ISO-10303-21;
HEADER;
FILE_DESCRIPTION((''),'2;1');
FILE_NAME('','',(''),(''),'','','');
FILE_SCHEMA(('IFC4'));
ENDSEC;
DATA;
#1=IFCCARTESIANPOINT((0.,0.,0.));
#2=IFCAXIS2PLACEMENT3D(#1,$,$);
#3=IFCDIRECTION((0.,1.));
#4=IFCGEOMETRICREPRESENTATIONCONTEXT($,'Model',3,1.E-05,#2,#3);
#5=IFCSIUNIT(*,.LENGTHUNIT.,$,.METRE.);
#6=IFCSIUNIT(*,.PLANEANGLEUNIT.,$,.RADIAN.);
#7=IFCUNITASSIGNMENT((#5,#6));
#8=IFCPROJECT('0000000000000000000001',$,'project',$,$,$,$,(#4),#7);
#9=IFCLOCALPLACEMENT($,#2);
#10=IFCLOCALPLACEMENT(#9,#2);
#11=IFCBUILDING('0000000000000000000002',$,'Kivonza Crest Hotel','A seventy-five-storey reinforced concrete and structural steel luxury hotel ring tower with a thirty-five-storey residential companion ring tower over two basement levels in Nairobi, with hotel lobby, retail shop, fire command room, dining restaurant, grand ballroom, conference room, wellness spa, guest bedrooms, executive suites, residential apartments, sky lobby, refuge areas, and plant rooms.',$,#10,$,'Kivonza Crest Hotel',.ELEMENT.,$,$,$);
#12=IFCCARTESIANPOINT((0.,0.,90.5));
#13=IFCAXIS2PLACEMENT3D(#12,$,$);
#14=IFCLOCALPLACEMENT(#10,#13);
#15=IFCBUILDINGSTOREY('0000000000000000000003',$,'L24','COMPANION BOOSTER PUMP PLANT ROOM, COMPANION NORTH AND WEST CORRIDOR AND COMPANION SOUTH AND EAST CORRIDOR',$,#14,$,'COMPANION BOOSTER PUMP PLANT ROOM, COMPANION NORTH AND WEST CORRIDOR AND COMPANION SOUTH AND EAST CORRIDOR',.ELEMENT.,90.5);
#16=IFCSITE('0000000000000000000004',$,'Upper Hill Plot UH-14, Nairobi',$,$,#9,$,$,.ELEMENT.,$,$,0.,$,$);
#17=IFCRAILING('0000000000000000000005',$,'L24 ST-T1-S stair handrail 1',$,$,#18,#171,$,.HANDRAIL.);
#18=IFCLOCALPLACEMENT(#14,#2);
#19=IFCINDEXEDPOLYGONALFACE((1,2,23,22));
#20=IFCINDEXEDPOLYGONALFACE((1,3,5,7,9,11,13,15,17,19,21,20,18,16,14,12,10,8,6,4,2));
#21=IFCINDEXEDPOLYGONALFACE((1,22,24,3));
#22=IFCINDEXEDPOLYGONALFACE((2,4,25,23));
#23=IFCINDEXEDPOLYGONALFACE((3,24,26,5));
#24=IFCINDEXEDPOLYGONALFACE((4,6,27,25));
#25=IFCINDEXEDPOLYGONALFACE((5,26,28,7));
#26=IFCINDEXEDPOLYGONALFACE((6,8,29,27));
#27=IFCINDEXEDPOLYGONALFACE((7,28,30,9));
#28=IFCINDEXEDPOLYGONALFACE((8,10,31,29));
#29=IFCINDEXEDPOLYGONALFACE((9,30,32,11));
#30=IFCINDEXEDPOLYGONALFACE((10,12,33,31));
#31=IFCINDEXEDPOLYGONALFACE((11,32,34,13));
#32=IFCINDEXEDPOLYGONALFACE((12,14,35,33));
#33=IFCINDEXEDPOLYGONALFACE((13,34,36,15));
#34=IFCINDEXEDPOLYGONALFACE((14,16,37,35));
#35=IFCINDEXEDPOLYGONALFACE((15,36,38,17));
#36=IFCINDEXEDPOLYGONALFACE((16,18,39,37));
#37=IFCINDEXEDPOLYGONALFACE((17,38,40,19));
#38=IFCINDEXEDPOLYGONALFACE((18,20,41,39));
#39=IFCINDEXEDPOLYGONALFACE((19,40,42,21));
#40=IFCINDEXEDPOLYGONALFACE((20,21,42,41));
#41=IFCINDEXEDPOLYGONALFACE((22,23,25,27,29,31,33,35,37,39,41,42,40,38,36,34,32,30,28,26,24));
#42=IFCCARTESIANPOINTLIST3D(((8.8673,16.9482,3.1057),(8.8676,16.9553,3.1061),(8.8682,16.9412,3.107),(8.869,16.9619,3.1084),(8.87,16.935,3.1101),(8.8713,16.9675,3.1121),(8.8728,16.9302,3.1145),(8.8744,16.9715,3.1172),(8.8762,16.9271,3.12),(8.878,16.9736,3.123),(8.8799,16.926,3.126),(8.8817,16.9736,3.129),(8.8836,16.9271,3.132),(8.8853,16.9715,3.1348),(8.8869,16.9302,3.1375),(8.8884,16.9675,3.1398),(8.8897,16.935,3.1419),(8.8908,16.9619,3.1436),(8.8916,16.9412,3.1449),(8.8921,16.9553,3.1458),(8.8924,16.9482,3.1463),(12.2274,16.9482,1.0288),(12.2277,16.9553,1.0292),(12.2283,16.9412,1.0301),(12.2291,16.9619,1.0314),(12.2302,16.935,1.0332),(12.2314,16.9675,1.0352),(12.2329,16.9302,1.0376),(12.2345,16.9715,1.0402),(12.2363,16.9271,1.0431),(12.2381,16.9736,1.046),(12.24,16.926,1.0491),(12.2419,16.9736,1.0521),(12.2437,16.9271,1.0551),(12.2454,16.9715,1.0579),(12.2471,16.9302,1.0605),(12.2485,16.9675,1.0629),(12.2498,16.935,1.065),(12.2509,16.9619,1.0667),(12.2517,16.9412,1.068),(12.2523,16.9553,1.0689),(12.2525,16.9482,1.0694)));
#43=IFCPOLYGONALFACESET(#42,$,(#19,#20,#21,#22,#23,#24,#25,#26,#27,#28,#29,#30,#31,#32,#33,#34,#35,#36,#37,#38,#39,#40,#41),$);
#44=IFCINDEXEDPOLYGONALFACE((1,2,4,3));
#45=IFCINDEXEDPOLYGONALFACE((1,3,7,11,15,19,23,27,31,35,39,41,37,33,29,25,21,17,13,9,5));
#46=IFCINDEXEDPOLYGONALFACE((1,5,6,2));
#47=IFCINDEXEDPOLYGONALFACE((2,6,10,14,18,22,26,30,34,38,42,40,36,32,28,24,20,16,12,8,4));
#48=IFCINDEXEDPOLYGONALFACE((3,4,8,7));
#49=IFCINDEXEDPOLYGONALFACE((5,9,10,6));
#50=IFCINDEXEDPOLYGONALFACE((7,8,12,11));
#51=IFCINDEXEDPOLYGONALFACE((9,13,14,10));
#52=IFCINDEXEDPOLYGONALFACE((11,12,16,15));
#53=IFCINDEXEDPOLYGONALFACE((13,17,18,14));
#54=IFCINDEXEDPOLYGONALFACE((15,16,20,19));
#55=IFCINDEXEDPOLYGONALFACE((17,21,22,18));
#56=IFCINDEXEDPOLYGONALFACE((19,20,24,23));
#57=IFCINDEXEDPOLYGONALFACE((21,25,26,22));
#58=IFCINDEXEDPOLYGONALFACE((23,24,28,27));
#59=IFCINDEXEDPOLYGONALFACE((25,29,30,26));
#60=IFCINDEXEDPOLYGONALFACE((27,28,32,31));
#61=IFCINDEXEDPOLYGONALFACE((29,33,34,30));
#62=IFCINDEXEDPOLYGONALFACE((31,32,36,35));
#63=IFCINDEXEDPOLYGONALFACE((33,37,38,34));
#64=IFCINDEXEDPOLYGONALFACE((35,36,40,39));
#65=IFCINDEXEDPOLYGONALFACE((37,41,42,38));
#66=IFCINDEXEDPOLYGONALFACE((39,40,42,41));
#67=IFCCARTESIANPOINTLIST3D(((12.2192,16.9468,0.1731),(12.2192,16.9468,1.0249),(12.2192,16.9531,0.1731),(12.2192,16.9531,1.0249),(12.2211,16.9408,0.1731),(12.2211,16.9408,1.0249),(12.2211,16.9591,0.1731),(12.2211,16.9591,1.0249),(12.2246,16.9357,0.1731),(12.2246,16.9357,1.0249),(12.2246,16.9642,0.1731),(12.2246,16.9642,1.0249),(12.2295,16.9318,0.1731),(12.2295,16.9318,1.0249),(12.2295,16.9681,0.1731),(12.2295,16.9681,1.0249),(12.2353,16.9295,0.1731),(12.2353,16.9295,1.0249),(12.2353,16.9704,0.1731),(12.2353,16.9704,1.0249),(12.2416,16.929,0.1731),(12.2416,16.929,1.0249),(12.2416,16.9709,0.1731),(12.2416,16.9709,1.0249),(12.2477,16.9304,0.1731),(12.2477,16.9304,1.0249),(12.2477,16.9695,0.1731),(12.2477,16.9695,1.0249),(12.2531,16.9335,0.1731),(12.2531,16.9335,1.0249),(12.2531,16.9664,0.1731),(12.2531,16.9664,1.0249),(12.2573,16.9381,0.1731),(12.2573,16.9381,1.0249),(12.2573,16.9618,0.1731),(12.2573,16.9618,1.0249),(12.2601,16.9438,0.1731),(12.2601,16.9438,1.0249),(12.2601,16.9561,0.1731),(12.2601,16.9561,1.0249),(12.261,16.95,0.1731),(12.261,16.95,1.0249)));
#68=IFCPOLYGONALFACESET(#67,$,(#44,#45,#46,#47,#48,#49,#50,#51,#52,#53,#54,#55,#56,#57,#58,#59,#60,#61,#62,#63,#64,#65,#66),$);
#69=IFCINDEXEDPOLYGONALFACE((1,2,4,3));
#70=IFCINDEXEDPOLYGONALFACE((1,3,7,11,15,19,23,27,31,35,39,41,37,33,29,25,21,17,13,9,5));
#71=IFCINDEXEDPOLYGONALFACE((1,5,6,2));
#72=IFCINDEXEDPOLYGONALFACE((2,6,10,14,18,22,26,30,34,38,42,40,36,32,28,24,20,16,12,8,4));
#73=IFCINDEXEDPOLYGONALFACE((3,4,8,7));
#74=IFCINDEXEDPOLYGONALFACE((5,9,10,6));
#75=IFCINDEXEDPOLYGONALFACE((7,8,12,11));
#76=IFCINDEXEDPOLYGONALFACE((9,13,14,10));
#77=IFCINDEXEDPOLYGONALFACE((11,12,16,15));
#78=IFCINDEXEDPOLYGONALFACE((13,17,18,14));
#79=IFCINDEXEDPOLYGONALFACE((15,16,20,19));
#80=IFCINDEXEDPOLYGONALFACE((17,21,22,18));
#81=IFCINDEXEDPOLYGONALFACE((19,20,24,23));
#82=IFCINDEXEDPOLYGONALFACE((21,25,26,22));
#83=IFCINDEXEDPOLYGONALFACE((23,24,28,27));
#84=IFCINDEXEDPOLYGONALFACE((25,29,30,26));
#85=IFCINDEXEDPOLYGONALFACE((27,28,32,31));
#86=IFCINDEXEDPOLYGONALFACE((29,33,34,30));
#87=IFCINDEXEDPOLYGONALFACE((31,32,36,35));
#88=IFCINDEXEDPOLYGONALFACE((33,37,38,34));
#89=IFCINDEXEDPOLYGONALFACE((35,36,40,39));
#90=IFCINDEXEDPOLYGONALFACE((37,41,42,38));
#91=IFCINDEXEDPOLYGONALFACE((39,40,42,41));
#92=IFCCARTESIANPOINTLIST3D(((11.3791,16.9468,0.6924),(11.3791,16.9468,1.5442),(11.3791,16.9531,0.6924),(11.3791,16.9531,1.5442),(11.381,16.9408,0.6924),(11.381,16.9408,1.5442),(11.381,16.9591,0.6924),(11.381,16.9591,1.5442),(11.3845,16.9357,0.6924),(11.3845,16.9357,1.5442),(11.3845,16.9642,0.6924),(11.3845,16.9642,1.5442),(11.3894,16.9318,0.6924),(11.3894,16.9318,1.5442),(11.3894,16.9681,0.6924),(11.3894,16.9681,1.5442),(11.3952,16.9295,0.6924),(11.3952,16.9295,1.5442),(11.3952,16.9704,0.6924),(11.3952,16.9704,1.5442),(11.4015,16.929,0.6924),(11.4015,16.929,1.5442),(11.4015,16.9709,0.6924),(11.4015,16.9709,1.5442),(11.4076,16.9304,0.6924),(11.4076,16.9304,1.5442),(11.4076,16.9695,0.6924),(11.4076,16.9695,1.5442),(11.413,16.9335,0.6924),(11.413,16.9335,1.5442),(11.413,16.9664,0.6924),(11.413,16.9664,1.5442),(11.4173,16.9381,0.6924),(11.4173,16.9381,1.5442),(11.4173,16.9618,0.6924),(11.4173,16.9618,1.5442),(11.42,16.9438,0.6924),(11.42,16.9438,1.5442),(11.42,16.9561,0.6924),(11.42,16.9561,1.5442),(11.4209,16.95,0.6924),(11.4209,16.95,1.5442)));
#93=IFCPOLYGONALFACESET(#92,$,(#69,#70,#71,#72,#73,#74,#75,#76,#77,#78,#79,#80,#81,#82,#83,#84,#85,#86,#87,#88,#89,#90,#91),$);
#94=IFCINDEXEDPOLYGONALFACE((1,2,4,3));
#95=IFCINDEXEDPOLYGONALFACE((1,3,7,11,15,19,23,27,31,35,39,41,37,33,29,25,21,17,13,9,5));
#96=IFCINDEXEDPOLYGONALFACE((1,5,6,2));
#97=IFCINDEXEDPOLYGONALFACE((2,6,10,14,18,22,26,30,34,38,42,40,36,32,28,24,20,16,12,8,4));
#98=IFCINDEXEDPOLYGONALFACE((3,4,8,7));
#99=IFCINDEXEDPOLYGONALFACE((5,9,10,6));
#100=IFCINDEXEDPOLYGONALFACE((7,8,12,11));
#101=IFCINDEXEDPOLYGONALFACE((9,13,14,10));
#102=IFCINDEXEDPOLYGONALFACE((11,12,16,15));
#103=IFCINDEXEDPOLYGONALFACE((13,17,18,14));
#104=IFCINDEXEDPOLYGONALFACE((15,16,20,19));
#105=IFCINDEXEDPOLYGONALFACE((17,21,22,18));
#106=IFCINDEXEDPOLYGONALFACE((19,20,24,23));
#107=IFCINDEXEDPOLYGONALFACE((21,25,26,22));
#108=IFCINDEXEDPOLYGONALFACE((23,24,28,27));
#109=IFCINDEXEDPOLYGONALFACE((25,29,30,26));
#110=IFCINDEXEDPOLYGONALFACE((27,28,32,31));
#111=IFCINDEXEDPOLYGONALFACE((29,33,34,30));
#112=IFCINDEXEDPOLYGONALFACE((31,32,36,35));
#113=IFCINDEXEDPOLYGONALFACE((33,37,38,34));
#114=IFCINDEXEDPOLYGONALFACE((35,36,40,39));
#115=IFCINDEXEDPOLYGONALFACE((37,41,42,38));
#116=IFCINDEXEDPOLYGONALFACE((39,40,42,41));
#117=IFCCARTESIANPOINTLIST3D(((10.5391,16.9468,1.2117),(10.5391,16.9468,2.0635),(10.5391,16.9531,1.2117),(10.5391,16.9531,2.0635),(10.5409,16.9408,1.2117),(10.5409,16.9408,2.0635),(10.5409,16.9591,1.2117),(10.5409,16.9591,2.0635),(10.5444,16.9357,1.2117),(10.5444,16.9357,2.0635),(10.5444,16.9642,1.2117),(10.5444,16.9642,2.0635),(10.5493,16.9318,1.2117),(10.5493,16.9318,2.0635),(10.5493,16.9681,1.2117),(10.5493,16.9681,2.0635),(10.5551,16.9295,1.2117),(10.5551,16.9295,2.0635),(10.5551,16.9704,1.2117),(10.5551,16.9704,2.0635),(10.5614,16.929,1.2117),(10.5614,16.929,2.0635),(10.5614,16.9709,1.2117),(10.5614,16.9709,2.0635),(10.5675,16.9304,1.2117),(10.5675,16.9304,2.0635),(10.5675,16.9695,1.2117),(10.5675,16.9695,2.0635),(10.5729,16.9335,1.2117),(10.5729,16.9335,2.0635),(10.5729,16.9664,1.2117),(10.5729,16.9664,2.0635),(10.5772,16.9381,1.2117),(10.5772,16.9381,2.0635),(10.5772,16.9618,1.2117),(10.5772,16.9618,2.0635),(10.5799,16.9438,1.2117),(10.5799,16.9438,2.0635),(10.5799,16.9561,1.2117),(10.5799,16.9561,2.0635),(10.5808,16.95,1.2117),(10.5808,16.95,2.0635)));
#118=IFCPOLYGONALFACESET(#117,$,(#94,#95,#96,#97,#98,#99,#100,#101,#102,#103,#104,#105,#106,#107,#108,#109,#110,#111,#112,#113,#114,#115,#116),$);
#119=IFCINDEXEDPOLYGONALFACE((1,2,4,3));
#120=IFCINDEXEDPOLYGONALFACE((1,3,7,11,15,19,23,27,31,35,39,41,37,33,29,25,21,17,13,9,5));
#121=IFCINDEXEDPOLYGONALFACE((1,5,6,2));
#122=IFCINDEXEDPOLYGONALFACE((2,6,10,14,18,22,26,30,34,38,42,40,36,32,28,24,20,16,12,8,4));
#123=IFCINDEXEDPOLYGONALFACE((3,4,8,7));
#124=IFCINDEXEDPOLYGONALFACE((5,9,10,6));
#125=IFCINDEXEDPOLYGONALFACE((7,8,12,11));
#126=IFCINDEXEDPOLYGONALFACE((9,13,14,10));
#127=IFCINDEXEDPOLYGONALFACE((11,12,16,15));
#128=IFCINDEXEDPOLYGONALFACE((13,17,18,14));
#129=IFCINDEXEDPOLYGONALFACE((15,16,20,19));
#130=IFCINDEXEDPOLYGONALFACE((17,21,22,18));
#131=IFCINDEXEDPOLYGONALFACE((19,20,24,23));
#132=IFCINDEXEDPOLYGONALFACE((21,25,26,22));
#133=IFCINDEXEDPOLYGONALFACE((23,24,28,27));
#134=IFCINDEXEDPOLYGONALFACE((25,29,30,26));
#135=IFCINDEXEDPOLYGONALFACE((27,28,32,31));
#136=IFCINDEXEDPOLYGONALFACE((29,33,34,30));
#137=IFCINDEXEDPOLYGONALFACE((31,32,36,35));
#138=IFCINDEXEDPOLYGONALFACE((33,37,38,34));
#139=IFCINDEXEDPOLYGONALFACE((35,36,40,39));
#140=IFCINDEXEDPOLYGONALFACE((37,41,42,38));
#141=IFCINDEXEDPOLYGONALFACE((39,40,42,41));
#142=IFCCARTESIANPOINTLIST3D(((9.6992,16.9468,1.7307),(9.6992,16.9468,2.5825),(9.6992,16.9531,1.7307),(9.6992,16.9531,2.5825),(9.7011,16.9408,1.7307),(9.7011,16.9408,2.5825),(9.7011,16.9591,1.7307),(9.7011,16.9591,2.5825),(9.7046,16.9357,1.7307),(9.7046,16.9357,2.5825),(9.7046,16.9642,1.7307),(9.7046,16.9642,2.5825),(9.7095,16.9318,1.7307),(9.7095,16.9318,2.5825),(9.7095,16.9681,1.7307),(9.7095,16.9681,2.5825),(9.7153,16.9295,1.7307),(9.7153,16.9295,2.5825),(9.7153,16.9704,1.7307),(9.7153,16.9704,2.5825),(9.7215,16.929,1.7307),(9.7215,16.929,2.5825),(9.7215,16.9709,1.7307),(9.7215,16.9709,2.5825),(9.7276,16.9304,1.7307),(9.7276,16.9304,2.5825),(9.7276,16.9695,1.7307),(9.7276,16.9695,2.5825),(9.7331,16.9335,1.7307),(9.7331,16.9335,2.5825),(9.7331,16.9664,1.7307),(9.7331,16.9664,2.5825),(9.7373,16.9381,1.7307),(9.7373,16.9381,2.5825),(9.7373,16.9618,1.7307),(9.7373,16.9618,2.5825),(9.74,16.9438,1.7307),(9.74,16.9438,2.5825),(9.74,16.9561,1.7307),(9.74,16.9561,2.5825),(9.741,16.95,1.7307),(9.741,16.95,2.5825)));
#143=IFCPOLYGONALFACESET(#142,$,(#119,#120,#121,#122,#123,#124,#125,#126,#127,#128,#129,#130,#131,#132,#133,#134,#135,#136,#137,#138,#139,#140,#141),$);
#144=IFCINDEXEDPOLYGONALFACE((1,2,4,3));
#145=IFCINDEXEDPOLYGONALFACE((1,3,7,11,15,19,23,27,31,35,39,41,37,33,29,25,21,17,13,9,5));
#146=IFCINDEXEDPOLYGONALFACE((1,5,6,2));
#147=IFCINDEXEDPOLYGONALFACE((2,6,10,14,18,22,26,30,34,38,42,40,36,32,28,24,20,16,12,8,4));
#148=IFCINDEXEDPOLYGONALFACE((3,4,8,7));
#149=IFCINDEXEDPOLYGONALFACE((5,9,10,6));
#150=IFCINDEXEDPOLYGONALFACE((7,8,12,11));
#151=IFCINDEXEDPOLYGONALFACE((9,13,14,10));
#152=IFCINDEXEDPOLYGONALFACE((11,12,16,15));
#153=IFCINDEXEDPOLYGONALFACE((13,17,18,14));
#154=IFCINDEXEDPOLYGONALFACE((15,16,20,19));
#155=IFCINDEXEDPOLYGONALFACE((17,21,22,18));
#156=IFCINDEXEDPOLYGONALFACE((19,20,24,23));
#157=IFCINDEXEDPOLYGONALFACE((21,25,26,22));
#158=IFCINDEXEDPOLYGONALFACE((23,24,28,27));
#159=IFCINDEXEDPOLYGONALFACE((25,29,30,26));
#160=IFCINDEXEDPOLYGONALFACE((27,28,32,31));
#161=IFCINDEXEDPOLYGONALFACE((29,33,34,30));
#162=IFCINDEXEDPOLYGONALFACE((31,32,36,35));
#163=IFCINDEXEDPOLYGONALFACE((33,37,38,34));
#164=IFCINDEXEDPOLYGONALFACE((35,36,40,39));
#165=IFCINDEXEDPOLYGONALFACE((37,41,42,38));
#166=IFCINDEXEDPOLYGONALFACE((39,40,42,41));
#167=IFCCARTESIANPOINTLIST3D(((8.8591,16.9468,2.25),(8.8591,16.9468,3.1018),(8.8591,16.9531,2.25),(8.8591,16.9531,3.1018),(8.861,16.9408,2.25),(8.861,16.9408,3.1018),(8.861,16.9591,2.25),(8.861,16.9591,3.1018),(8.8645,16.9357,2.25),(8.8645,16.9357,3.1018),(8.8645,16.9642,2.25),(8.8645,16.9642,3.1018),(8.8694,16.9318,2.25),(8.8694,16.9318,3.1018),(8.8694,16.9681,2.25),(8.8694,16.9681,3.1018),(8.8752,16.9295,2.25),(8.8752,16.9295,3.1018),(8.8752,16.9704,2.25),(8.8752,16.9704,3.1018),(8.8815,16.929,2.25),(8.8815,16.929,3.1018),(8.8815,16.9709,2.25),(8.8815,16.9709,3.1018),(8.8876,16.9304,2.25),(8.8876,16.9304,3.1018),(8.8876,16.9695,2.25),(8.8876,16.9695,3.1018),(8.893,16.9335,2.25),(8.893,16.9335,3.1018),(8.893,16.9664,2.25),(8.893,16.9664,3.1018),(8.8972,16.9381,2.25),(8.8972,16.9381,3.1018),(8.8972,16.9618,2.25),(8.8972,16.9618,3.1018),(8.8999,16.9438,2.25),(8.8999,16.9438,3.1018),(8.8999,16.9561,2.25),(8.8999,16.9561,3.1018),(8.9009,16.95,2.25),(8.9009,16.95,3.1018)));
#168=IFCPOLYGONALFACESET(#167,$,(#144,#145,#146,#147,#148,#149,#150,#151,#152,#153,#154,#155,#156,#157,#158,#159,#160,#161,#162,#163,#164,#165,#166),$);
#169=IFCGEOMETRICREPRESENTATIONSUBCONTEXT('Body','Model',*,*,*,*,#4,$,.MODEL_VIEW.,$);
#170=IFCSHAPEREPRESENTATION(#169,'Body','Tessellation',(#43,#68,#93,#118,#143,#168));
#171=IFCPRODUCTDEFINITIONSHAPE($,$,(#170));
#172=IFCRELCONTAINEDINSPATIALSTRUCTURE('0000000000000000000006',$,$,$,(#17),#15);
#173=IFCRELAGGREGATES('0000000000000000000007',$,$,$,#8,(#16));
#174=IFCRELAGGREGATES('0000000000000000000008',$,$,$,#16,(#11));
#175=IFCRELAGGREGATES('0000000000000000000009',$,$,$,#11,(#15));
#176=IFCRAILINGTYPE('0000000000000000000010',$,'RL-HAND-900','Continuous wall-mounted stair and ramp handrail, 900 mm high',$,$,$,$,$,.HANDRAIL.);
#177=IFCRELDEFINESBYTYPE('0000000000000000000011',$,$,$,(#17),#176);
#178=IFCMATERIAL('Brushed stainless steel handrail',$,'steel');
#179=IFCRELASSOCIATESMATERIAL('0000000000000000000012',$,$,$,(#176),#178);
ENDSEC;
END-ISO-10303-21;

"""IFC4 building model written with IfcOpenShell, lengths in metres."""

from ifc_helpers import new_model, si_unit, direction, frame, origin, origin_2d, place, context, subcontext, project, spatial, circle, extrude, material, type_object, element, save


model = new_model("IFC4")

# Units and contexts
model_context = context("Model", 3, precision=1e-05, world=origin(), true_north=direction((0.0, 1.0)))
body_context = subcontext(model_context, "Body", "Model", "MODEL_VIEW")
ifc_project = project(units=[si_unit("LENGTHUNIT", "METRE"), si_unit("PLANEANGLEUNIT", "RADIAN")], contexts=[model_context])

# Site, building, storey
site_placement = place(None, origin())
site = spatial("IfcSite", under=ifc_project, at=site_placement, Name="Upper Hill Plot UH-14, Nairobi", CompositionType="ELEMENT", RefElevation=0.0)
building_placement = place(site_placement, origin())
building = spatial("IfcBuilding", under=site, at=building_placement, Name="Kivonza Crest Hotel", Description="A seventy-five-storey reinforced concrete and structural steel luxury hotel ring tower with a thirty-five-storey residential companion ring tower over two basement levels in Nairobi, with hotel lobby, retail shop, fire command room, dining restaurant, grand ballroom, conference room, wellness spa, guest bedrooms, executive suites, residential apartments, sky lobby, refuge areas, and plant rooms.", LongName="Kivonza Crest Hotel", CompositionType="ELEMENT")
storey_placement = place(building_placement, frame((0.0, 0.0, 90.5)))
storey = spatial("IfcBuildingStorey", under=building, at=storey_placement, Name="L24", Description="COMPANION BOOSTER PUMP PLANT ROOM, COMPANION NORTH AND WEST CORRIDOR AND COMPANION SOUTH AND EAST CORRIDOR", LongName="COMPANION BOOSTER PUMP PLANT ROOM, COMPANION NORTH AND WEST CORRIDOR AND COMPANION SOUTH AND EAST CORRIDOR", CompositionType="ELEMENT", Elevation=90.5)

# Railing
ifc_material_1 = material(Name="Brushed stainless steel handrail", Category="steel")
railing_type_1 = type_object("IfcRailingType", Name="RL-HAND-900", Description="Continuous wall-mounted stair and ramp handrail, 900 mm high", PredefinedType="HANDRAIL", material=ifc_material_1)
railing_1_placement = place(storey_placement, frame((12.24, 16.95, 0.1731)))
element("IfcRailing", 1, at=railing_1_placement, inside=storey, type_object=railing_type_1, Name="L24 ST-T1-S stair handrail 1", PredefinedType="HANDRAIL", context=body_context, shape_type="SweptSolid", body=[
    extrude(circle(Radius=0.0239, at=origin_2d()), frame((0.0, 0.0, 0.876), z_axis=(-0.850623, 0.0, 0.525776), x_axis=(0.0, -1.0, 0.0)), (0.0, 0.0, 1.0), 3.9502),
    extrude(circle(Radius=0.021, at=origin_2d()), origin(), (0.0, 0.0, 1.0), 0.8518),
    extrude(circle(Radius=0.021, at=origin_2d()), frame((-0.8401, 0.0, 0.5193)), (0.0, 0.0, 1.0), 0.8518),
    extrude(circle(Radius=0.021, at=origin_2d()), frame((-1.6802, 0.0, 1.0386)), (0.0, 0.0, 1.0), 0.8518),
    extrude(circle(Radius=0.021, at=origin_2d()), frame((-2.52, 0.0, 1.5576)), (0.0, 0.0, 1.0), 0.8518),
    extrude(circle(Radius=0.021, at=origin_2d()), frame((-3.3601, 0.0, 2.0769)), (0.0, 0.0, 1.0), 0.8518),
])

save(model, "model.ifc")
